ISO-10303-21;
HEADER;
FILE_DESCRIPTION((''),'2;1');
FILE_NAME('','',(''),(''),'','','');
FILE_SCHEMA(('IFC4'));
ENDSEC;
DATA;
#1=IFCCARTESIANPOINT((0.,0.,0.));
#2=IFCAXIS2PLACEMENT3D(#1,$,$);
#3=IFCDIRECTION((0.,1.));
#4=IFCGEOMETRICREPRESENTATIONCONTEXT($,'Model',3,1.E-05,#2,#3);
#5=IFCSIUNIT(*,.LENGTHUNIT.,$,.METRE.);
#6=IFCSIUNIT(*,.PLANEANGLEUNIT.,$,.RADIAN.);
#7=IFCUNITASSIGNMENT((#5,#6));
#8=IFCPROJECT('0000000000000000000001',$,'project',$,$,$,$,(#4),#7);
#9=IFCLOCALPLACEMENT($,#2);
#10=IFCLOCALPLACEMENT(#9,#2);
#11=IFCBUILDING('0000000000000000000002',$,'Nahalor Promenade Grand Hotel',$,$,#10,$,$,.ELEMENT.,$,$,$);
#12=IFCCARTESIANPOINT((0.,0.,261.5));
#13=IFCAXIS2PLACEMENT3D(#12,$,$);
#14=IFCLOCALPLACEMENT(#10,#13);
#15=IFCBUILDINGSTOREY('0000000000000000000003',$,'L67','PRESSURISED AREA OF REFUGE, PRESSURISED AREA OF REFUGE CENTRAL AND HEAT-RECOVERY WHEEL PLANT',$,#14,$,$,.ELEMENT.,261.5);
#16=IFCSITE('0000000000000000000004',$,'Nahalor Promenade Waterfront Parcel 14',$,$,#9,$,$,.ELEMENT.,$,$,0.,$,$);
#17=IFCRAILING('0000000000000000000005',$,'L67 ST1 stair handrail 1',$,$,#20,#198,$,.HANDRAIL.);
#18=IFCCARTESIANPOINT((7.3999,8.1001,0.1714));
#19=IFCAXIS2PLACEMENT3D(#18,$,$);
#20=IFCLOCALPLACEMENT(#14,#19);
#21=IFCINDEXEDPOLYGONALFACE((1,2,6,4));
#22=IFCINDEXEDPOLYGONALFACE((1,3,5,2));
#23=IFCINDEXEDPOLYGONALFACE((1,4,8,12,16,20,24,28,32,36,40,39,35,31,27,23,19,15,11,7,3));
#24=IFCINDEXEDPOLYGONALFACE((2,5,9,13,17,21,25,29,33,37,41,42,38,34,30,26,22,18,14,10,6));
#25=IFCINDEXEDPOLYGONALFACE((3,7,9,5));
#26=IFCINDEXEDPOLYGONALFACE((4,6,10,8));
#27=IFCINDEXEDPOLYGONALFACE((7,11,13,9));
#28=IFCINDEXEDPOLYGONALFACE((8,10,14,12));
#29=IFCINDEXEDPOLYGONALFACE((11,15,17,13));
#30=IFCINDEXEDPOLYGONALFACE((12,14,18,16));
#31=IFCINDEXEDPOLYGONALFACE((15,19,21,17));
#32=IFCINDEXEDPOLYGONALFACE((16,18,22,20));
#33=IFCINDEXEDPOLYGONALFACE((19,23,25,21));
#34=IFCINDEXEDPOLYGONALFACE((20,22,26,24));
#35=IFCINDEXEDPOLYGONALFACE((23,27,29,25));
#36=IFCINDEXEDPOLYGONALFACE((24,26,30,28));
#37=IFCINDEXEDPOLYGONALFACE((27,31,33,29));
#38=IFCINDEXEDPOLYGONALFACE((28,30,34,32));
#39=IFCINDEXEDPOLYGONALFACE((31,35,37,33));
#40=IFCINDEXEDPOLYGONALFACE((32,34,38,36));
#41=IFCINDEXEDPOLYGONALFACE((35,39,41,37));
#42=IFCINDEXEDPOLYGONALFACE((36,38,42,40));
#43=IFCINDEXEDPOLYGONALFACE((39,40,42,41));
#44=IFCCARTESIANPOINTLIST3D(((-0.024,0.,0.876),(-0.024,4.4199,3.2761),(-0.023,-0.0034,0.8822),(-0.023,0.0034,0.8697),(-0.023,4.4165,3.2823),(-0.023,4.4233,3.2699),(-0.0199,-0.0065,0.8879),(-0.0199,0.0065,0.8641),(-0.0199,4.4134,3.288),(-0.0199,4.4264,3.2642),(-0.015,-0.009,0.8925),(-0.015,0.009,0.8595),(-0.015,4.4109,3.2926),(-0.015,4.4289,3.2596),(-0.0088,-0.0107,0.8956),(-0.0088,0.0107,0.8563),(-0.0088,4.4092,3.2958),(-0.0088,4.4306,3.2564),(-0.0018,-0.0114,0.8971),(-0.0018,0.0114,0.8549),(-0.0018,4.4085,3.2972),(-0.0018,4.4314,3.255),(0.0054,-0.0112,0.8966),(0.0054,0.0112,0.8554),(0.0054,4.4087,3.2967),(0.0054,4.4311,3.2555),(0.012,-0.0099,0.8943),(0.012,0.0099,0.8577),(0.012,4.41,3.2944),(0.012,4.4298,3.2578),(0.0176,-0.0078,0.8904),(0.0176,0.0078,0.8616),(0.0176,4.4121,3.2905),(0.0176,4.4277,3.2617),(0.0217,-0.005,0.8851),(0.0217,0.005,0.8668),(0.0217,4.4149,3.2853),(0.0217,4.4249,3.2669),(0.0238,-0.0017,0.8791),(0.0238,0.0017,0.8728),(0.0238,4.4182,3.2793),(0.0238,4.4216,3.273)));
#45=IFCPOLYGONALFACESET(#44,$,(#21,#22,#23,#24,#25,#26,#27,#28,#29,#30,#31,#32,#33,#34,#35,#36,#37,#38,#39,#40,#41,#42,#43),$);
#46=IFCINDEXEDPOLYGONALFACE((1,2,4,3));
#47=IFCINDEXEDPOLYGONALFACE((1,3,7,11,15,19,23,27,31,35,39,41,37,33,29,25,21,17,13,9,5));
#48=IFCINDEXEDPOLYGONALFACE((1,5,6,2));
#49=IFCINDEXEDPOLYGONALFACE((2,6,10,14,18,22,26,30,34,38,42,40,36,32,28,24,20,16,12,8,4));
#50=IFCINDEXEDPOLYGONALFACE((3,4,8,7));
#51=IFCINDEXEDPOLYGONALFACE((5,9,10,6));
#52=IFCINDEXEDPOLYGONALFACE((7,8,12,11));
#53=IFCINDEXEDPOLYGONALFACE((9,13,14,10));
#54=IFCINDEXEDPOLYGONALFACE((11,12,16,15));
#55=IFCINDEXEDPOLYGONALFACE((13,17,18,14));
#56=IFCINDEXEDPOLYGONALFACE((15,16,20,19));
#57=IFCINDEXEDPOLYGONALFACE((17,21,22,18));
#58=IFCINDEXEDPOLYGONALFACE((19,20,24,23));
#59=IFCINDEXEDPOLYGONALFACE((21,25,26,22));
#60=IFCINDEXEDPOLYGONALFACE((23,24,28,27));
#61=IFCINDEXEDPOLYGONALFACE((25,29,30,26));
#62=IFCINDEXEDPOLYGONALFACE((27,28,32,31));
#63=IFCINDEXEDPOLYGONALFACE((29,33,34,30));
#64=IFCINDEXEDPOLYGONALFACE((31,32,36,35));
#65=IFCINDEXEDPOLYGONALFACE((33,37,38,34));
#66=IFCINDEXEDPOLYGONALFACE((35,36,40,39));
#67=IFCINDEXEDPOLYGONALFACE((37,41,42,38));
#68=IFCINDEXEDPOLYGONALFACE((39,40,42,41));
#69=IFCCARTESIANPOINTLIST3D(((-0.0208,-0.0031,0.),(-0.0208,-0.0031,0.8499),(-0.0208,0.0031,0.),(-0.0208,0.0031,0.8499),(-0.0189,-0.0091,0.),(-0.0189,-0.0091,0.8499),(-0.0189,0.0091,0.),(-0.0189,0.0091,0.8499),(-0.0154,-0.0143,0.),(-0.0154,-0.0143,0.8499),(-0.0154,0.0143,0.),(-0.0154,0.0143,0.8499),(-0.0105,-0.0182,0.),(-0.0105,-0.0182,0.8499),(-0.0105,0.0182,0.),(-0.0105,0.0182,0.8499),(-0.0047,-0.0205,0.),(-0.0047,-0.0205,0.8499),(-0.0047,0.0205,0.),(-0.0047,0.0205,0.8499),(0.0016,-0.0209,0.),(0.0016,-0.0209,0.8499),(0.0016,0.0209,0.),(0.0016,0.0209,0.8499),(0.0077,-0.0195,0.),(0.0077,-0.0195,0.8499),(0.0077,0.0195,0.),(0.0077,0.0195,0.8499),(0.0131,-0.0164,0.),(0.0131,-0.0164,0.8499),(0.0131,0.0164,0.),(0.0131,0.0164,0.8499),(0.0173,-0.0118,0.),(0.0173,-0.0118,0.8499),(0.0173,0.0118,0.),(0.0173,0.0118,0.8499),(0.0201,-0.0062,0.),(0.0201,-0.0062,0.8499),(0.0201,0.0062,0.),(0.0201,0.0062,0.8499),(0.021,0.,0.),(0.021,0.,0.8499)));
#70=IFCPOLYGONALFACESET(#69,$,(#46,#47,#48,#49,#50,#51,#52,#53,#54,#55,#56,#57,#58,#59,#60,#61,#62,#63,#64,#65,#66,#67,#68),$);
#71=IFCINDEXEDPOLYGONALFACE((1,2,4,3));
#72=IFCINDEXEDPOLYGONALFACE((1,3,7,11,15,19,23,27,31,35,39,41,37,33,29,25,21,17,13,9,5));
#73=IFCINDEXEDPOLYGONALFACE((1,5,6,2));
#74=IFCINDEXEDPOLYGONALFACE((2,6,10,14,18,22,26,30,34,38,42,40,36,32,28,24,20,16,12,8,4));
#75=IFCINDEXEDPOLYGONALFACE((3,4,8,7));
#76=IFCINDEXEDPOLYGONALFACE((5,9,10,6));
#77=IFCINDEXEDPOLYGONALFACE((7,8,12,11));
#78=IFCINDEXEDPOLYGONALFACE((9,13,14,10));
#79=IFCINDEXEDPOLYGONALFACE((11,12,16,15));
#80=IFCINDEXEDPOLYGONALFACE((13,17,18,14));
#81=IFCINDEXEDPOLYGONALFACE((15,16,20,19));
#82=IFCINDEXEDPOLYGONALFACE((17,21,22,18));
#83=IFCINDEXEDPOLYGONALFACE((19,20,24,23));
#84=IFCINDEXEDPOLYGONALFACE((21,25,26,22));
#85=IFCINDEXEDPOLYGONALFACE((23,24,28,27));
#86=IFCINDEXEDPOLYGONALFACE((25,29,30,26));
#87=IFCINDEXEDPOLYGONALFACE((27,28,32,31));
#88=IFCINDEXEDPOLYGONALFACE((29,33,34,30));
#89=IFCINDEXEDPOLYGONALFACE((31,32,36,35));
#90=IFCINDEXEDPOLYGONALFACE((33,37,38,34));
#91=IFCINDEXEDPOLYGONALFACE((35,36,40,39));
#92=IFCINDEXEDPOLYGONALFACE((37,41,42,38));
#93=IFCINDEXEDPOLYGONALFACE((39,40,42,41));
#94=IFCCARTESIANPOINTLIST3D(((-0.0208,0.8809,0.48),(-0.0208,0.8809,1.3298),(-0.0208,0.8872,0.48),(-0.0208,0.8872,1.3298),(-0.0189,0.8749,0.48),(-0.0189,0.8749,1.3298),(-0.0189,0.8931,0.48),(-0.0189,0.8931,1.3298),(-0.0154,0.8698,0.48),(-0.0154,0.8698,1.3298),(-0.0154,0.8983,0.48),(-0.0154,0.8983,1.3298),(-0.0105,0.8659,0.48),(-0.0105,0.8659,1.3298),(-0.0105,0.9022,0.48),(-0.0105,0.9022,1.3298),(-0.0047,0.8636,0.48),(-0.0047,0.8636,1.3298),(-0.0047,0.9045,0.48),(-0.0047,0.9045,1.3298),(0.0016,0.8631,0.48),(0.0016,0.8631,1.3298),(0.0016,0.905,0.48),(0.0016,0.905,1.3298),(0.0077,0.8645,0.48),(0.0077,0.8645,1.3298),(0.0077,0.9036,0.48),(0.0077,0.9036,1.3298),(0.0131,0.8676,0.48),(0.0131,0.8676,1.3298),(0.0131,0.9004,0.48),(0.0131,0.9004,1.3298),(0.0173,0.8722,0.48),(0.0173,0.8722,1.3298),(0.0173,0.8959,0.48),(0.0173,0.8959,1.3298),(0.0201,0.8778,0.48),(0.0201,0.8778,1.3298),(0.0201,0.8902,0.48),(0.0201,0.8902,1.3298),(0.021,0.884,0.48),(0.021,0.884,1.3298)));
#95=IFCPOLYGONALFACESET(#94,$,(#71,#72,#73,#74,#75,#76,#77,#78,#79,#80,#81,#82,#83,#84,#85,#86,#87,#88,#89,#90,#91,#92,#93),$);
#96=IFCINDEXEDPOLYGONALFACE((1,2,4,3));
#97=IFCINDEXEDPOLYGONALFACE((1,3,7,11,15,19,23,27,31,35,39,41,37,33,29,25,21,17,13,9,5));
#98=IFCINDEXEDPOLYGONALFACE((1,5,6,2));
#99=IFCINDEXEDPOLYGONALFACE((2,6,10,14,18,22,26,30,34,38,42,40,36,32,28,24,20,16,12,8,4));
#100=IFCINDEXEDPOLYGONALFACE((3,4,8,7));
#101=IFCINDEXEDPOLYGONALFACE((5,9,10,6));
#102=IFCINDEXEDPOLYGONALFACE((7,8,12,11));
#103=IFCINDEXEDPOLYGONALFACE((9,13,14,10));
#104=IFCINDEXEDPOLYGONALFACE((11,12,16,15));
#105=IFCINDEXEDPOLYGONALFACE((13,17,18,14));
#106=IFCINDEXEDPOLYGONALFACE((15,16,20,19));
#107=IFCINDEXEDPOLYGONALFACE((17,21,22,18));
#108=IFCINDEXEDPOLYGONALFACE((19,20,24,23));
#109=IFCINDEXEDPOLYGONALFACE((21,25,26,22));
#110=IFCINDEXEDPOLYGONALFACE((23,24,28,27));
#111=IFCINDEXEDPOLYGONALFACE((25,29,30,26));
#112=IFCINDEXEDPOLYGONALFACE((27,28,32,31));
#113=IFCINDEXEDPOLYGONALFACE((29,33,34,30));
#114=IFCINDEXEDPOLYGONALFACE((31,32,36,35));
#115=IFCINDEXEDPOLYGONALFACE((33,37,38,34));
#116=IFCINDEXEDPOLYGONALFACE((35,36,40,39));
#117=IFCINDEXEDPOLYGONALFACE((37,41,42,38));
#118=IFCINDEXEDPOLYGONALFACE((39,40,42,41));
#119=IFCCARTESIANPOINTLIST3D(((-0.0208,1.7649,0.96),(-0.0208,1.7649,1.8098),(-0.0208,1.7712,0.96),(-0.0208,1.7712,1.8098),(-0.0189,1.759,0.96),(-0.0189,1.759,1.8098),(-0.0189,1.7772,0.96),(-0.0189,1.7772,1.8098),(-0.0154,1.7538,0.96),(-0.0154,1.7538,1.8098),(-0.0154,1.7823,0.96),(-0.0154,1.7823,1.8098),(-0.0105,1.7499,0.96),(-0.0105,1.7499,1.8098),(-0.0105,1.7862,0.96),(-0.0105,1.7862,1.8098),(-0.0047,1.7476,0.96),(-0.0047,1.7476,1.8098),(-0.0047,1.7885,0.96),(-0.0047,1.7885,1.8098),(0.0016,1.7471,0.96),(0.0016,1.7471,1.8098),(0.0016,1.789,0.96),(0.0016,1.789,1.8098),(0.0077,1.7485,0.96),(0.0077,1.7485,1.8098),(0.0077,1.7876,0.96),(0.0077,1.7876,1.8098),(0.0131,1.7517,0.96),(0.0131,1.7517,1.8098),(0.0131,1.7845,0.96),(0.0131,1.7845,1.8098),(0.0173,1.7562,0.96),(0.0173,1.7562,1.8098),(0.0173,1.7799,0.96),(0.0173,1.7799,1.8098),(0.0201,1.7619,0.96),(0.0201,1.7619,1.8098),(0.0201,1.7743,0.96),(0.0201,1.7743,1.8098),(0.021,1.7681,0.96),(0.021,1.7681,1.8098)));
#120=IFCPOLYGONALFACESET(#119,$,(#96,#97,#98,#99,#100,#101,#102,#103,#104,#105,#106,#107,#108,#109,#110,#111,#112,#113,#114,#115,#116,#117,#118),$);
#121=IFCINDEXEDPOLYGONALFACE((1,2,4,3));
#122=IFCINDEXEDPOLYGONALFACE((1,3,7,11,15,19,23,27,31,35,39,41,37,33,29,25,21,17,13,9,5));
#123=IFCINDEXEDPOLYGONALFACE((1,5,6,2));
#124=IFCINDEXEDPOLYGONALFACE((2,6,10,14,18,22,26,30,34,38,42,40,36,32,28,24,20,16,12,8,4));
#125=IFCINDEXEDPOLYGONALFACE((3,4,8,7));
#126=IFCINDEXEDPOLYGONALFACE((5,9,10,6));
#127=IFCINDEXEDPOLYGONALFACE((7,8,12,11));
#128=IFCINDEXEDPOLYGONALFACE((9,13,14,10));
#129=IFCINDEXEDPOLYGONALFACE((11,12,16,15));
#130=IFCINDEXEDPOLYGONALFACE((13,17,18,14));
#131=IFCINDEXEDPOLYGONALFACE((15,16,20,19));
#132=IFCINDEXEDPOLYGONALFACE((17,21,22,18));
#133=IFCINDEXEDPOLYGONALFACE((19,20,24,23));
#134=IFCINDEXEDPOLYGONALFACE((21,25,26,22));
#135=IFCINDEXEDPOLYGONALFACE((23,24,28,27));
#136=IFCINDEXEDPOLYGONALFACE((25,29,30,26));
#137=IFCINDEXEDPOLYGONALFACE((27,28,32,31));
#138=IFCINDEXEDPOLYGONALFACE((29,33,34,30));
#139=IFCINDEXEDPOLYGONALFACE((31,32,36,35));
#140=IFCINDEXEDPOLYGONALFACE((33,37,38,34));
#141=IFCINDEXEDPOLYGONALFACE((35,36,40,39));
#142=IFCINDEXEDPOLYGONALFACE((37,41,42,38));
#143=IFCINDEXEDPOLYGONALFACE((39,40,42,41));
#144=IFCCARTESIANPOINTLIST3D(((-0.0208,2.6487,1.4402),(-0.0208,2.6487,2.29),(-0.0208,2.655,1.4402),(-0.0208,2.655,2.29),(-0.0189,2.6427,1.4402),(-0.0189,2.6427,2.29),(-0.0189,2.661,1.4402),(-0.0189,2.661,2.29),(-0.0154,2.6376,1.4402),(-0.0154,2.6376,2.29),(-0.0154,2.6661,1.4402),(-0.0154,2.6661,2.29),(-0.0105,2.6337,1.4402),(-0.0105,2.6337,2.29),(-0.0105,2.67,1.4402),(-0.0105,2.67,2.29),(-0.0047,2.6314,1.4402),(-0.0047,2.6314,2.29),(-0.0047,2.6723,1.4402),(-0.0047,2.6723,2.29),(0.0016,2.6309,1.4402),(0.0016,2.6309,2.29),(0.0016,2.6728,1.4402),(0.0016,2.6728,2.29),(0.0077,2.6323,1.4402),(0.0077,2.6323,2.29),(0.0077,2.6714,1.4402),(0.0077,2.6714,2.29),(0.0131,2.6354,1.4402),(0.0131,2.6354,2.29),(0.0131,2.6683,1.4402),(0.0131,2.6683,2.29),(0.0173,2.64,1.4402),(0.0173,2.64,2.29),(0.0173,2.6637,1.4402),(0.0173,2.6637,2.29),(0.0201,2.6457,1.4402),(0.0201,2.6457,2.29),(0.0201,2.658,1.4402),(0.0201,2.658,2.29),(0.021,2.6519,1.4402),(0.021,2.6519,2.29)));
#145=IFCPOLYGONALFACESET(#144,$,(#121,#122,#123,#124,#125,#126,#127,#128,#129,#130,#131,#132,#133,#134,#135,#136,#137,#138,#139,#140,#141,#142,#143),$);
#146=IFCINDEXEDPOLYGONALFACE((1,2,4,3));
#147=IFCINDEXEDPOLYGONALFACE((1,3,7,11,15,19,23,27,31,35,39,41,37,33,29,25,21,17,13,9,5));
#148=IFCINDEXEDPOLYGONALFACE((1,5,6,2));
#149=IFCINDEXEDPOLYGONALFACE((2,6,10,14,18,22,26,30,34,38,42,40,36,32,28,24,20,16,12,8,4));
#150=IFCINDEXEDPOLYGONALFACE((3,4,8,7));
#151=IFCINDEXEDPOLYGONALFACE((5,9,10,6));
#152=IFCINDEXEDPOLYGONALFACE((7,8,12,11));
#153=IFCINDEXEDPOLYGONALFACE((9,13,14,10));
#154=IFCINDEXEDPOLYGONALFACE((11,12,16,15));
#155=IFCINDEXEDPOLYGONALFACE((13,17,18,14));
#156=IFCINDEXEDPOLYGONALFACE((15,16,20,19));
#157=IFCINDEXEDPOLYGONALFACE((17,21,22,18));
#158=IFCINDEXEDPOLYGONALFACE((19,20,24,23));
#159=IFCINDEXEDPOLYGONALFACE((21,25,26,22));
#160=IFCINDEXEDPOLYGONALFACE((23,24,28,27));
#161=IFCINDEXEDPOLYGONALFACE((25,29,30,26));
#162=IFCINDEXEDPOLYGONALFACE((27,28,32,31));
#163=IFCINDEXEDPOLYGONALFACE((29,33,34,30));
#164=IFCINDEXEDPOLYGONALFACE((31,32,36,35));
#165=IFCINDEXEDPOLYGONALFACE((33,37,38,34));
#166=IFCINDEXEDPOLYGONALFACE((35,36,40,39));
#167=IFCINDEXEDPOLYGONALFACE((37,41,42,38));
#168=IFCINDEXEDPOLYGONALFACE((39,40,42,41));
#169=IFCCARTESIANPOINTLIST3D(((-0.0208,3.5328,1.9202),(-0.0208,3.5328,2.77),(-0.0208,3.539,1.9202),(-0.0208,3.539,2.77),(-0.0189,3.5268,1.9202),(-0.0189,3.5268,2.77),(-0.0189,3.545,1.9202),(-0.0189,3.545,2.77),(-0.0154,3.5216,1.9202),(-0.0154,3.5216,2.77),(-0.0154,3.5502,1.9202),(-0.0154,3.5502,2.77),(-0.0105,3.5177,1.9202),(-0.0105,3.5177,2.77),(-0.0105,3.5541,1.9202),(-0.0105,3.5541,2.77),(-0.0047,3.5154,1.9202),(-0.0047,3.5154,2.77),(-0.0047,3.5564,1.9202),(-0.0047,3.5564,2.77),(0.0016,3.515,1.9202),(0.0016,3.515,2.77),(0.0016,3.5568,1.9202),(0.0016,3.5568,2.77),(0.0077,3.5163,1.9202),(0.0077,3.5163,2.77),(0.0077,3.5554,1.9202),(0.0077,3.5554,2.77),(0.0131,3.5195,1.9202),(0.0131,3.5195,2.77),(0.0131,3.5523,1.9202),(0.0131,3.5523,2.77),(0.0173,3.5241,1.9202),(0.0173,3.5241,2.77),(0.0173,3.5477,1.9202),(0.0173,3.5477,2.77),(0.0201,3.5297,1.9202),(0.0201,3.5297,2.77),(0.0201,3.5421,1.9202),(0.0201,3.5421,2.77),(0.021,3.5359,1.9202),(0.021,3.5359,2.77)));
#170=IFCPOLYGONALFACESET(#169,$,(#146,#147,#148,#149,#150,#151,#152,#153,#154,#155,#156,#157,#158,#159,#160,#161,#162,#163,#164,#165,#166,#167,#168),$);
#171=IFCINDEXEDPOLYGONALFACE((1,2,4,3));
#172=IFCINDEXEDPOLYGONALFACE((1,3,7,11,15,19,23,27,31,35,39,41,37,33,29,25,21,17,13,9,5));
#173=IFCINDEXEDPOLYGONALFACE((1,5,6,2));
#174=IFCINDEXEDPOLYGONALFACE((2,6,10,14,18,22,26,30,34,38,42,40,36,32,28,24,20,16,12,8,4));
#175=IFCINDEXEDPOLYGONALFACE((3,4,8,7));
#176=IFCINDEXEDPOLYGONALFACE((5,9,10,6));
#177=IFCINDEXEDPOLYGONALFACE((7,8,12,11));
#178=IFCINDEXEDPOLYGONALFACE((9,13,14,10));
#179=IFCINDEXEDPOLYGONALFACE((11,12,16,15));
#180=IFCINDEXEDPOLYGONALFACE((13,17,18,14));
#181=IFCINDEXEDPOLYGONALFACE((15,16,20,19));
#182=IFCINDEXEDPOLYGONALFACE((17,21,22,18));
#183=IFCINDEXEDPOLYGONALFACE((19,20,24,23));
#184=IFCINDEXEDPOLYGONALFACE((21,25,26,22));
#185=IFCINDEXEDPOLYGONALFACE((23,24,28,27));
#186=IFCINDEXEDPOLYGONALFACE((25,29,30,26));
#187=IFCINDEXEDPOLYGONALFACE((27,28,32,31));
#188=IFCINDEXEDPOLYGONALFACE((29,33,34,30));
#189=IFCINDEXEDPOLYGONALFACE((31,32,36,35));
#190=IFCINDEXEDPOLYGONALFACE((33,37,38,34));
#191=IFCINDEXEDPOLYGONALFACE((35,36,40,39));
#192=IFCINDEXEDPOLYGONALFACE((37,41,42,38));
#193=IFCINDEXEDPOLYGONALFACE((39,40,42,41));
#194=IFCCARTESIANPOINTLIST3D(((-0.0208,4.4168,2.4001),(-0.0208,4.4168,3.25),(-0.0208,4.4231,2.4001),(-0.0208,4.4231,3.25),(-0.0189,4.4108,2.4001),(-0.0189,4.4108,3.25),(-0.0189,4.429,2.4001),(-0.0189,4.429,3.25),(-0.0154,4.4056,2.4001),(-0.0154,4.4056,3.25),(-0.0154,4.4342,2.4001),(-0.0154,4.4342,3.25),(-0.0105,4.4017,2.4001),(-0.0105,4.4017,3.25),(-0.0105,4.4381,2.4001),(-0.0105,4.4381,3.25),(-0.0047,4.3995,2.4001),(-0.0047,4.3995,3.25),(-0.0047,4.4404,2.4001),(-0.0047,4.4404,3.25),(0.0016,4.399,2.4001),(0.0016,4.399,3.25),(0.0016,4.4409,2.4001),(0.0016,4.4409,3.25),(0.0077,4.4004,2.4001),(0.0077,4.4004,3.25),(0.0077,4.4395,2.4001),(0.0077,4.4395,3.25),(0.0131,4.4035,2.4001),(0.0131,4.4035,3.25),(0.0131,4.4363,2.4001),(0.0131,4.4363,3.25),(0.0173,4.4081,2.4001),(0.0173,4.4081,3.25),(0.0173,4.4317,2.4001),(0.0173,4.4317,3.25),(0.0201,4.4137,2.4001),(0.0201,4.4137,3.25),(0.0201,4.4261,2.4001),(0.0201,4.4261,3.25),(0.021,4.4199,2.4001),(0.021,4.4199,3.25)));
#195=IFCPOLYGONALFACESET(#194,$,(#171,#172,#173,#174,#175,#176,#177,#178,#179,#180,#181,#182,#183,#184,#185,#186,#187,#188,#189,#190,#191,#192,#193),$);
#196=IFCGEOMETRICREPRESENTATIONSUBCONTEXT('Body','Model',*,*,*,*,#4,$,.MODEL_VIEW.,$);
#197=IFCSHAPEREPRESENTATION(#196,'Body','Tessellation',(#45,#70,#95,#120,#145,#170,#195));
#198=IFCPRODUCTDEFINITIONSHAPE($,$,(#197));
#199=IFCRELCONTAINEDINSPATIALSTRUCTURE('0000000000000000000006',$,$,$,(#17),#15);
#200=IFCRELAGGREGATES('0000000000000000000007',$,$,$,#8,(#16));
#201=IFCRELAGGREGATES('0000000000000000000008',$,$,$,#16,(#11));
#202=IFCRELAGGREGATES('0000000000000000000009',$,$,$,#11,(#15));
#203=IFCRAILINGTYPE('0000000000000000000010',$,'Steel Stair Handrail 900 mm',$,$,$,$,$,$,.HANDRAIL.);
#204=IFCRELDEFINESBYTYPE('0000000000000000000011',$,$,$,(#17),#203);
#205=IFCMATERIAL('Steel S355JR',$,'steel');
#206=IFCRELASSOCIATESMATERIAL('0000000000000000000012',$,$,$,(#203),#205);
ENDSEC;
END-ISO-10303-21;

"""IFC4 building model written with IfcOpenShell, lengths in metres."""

from ifc_helpers import new_model, si_unit, direction, frame, origin, origin_2d, place, context, subcontext, project, spatial, circle, extrude, material, type_object, element, save


model = new_model("IFC4")

# Units and contexts
model_context = context("Model", 3, precision=1e-05, world=origin(), true_north=direction((0.0, 1.0)))
body_context = subcontext(model_context, "Body", "Model", "MODEL_VIEW")
ifc_project = project(units=[si_unit("LENGTHUNIT", "METRE"), si_unit("PLANEANGLEUNIT", "RADIAN")], contexts=[model_context])

# Site, building, storey
site_placement = place(None, origin())
site = spatial("IfcSite", under=ifc_project, at=site_placement, Name="Nahalor Promenade Waterfront Parcel 14", CompositionType="ELEMENT", RefElevation=0.0)
building_placement = place(site_placement, origin())
building = spatial("IfcBuilding", under=site, at=building_placement, Name="Nahalor Promenade Grand Hotel", CompositionType="ELEMENT")
storey_placement = place(building_placement, frame((0.0, 0.0, 261.5)))
storey = spatial("IfcBuildingStorey", under=building, at=storey_placement, Name="L67", Description="PRESSURISED AREA OF REFUGE, PRESSURISED AREA OF REFUGE CENTRAL AND HEAT-RECOVERY WHEEL PLANT", CompositionType="ELEMENT", Elevation=261.5)

# Shared definitions
ifc_material_1 = material(Name="Steel S355JR", Category="steel")

# Railing
railing_type_1 = type_object("IfcRailingType", Name="Steel Stair Handrail 900 mm", PredefinedType="HANDRAIL", material=ifc_material_1)
railing_1_placement = place(storey_placement, frame((7.3999, 8.1001, 0.1714)))
element("IfcRailing", 1, at=railing_1_placement, inside=storey, type_object=railing_type_1, Name="L67 ST1 stair handrail 1", PredefinedType="HANDRAIL", context=body_context, shape_type="SweptSolid", body=[
    extrude(circle(Radius=0.024, at=origin_2d()), frame((0.0, 0.0, 0.876), z_axis=(0.0, 0.87879, 0.477209), x_axis=(-1.0, 0.0, 0.0)), (0.0, 0.0, 1.0), 5.0295),
    extrude(circle(Radius=0.021, at=origin_2d()), origin(), (0.0, 0.0, 1.0), 0.8499),
    extrude(circle(Radius=0.021, at=origin_2d()), frame((0.0, 0.884, 0.48)), (0.0, 0.0, 1.0), 0.8499),
    extrude(circle(Radius=0.021, at=origin_2d()), frame((0.0, 1.7681, 0.96)), (0.0, 0.0, 1.0), 0.8499),
    extrude(circle(Radius=0.021, at=origin_2d()), frame((0.0, 2.6519, 1.4402)), (0.0, 0.0, 1.0), 0.8499),
    extrude(circle(Radius=0.021, at=origin_2d()), frame((0.0, 3.5359, 1.9202)), (0.0, 0.0, 1.0), 0.8499),
    extrude(circle(Radius=0.021, at=origin_2d()), frame((0.0, 4.4199, 2.4001)), (0.0, 0.0, 1.0), 0.8499),
])

save(model, "model.ifc")
